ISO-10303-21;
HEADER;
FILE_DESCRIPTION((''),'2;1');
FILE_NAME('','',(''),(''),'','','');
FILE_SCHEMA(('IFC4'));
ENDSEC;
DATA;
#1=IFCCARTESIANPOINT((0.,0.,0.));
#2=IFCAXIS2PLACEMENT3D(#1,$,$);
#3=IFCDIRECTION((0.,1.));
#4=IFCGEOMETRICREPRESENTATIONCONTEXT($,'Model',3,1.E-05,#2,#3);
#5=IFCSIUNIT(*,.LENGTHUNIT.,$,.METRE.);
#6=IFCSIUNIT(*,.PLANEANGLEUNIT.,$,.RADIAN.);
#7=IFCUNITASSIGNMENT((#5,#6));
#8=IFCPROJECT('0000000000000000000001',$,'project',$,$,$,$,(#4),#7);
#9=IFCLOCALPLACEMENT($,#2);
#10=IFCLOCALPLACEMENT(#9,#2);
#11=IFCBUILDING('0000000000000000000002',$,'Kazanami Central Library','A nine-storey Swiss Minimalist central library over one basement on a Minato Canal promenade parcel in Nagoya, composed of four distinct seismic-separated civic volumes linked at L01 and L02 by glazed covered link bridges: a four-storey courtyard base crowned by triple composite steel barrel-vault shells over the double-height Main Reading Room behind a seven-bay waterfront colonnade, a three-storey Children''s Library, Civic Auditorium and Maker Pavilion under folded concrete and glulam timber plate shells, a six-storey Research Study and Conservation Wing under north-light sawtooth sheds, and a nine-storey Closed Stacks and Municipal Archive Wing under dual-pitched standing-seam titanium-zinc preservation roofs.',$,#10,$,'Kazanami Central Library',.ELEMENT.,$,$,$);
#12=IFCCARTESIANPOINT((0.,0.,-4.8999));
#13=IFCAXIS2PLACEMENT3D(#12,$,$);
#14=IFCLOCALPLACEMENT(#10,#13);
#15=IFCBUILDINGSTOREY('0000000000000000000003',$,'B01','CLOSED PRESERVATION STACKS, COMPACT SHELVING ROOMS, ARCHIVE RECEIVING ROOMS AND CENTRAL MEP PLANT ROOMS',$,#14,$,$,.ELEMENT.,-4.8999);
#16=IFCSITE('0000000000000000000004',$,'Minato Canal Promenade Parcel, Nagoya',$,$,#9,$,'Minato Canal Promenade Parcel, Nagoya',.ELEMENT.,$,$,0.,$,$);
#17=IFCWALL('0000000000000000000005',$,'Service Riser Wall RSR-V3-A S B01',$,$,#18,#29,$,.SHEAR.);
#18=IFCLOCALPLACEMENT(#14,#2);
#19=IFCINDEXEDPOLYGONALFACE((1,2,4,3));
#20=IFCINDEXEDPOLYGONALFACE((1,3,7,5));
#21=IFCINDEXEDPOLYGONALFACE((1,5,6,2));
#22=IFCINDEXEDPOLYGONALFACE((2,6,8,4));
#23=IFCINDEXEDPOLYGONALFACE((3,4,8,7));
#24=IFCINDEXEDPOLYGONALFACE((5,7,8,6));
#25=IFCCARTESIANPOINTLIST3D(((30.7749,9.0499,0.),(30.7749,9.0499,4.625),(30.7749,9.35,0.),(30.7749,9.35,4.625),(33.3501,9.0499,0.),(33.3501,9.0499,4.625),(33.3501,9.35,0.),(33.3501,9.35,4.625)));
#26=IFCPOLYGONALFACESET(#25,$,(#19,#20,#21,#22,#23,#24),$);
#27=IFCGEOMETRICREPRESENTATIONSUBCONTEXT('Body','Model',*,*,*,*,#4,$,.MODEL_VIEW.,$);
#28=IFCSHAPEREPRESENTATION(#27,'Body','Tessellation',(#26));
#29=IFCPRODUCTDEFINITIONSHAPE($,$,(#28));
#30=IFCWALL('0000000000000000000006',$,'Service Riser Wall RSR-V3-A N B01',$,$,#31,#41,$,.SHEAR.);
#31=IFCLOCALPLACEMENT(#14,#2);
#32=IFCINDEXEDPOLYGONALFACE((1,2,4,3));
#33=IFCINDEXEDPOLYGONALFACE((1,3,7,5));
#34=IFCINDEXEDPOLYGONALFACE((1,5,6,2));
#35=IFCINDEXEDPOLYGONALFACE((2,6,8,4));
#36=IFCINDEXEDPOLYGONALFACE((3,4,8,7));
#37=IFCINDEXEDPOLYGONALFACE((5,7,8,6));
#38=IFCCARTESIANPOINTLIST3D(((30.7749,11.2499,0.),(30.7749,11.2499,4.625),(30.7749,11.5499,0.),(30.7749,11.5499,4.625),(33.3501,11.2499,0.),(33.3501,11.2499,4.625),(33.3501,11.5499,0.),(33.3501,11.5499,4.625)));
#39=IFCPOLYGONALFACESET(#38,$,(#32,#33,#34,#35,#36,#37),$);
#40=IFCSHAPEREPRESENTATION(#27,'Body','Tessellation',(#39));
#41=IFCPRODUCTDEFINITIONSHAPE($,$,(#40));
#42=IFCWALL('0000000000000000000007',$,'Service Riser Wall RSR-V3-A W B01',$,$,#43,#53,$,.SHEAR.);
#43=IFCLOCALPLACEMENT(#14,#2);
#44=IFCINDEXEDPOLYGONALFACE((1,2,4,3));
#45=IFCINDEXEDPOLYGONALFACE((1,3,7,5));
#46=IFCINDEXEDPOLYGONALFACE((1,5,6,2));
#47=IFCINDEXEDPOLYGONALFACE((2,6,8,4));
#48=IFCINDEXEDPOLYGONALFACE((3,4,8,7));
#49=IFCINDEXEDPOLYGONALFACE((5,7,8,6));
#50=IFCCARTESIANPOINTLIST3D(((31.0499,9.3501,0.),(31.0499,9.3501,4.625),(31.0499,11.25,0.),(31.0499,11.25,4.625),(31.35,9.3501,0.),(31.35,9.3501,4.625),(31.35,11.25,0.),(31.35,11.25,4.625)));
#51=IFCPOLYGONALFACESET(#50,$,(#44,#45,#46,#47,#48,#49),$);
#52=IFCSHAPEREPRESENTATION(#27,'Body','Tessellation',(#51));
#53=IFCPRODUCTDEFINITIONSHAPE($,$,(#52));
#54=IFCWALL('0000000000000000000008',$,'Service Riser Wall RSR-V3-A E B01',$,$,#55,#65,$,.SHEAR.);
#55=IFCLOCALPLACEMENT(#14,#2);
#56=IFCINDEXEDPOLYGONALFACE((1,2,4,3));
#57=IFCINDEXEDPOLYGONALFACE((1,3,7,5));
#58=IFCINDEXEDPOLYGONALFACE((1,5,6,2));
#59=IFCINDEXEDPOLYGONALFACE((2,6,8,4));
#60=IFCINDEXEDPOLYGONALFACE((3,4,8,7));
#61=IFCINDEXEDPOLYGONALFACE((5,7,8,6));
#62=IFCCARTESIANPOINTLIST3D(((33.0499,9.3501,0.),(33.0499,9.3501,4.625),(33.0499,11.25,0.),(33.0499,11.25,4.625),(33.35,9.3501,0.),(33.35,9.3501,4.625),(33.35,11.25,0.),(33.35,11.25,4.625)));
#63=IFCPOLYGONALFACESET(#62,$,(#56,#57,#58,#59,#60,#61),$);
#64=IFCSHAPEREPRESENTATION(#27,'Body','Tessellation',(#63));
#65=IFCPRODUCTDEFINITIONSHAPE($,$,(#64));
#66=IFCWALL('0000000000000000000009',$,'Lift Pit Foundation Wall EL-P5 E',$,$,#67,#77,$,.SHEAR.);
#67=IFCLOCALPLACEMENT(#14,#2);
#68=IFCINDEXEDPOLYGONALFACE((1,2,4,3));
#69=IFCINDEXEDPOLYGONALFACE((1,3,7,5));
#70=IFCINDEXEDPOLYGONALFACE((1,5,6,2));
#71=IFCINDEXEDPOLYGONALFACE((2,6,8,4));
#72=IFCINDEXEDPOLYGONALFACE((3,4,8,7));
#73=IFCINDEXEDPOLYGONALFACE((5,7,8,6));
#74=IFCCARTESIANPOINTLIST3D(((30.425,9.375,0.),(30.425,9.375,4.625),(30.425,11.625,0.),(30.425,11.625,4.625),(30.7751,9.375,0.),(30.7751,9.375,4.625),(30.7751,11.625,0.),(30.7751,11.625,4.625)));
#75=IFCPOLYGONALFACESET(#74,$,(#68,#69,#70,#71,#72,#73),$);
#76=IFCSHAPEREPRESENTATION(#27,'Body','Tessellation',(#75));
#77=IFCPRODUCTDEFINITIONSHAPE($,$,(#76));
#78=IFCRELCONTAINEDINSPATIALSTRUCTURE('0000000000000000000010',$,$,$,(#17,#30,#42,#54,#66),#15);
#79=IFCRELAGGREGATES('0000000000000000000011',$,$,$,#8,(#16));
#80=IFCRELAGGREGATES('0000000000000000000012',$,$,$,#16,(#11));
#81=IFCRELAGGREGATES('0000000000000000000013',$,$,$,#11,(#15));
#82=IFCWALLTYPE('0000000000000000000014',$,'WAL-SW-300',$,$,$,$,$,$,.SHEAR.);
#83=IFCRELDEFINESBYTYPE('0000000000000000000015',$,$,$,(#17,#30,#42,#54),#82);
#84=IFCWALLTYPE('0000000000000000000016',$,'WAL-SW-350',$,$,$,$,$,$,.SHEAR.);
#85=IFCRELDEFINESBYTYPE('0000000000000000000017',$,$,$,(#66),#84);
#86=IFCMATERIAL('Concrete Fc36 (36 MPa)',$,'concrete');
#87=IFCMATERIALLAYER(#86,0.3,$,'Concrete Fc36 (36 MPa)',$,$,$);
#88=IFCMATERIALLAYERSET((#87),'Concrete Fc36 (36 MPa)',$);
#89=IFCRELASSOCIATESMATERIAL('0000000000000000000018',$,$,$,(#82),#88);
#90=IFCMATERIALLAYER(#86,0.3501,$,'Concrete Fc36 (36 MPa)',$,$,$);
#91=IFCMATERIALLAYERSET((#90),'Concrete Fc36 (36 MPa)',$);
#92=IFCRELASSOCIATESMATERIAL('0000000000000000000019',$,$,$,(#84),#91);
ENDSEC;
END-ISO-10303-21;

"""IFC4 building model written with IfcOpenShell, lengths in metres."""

from ifc_helpers import new_model, si_unit, direction, frame, frame_2d, origin, place, context, subcontext, project, spatial, rectangle, extrude, material, layer, layer_set, type_object, element, save


model = new_model("IFC4")

# Units and contexts
model_context = context("Model", 3, precision=1e-05, world=origin(), true_north=direction((0.0, 1.0)))
body_context = subcontext(model_context, "Body", "Model", "MODEL_VIEW")
ifc_project = project(units=[si_unit("LENGTHUNIT", "METRE"), si_unit("PLANEANGLEUNIT", "RADIAN")], contexts=[model_context])

# Site, building, storey
site_placement = place(None, origin())
site = spatial("IfcSite", under=ifc_project, at=site_placement, Name="Minato Canal Promenade Parcel, Nagoya", LongName="Minato Canal Promenade Parcel, Nagoya", CompositionType="ELEMENT", RefElevation=0.0)
building_placement = place(site_placement, origin())
building = spatial("IfcBuilding", under=site, at=building_placement, Name="Kazanami Central Library", Description="A nine-storey Swiss Minimalist central library over one basement on a Minato Canal promenade parcel in Nagoya, composed of four distinct seismic-separated civic volumes linked at L01 and L02 by glazed covered link bridges: a four-storey courtyard base crowned by triple composite steel barrel-vault shells over the double-height Main Reading Room behind a seven-bay waterfront colonnade, a three-storey Children's Library, Civic Auditorium and Maker Pavilion under folded concrete and glulam timber plate shells, a six-storey Research Study and Conservation Wing under north-light sawtooth sheds, and a nine-storey Closed Stacks and Municipal Archive Wing under dual-pitched standing-seam titanium-zinc preservation roofs.", LongName="Kazanami Central Library", CompositionType="ELEMENT")
storey_placement = place(building_placement, frame((0.0, 0.0, -4.8999)))
storey = spatial("IfcBuildingStorey", under=building, at=storey_placement, Name="B01", Description="CLOSED PRESERVATION STACKS, COMPACT SHELVING ROOMS, ARCHIVE RECEIVING ROOMS AND CENTRAL MEP PLANT ROOMS", CompositionType="ELEMENT", Elevation=-4.8999)

# Shared definitions
ifc_material_1 = material(Name="Concrete Fc36 (36 MPa)", Category="concrete")

# Walls
ifc_layer_1 = layer(ifc_material_1, 0.3, Name="Concrete Fc36 (36 MPa)")
ifc_layer_set_1 = layer_set([ifc_layer_1], Name="Concrete Fc36 (36 MPa)")
wall_type_1 = type_object("IfcWallType", Name="WAL-SW-300", PredefinedType="SHEAR", material=ifc_layer_set_1)
for number, where, z_axis, x_axis, name in (
    (1, (30.7749, 9.2, 0.0), (0.0, 0.0, 1.0), (1.0, 0.0, 0.0), "Service Riser Wall RSR-V3-A S B01"),
    (2, (30.7749, 11.3999, 0.0), (0.0, 0.0, 1.0), (1.0, 0.0, 0.0), "Service Riser Wall RSR-V3-A N B01"),
):
    element("IfcWall", number, at=place(storey_placement, frame(where, z_axis=z_axis, x_axis=x_axis)), inside=storey, type_object=wall_type_1, Name=name, PredefinedType="SHEAR", context=body_context, shape_type="SweptSolid", body=[
        extrude(rectangle(XDim=2.5752, YDim=0.3, at=frame_2d((1.2876, 0.0))), origin(), (0.0, 0.0, 1.0), 4.625),
    ])
for number, where, z_axis, x_axis, name in (
    (3, (31.2, 9.3501, 0.0), (0.0, 0.0, 1.0), (0.0, 1.0, 0.0), "Service Riser Wall RSR-V3-A W B01"),
    (4, (33.2, 9.3501, 0.0), (0.0, 0.0, 1.0), (0.0, 1.0, 0.0), "Service Riser Wall RSR-V3-A E B01"),
):
    element("IfcWall", number, at=place(storey_placement, frame(where, z_axis=z_axis, x_axis=x_axis)), inside=storey, type_object=wall_type_1, Name=name, PredefinedType="SHEAR", context=body_context, shape_type="SweptSolid", body=[
        extrude(rectangle(XDim=1.8999, YDim=0.3, at=frame_2d((0.95, 0.0))), origin(), (0.0, 0.0, 1.0), 4.625),
    ])
ifc_layer_2 = layer(ifc_material_1, 0.3501, Name="Concrete Fc36 (36 MPa)")
ifc_layer_set_2 = layer_set([ifc_layer_2], Name="Concrete Fc36 (36 MPa)")
wall_type_2 = type_object("IfcWallType", Name="WAL-SW-350", PredefinedType="SHEAR", material=ifc_layer_set_2)
wall_placement = place(storey_placement, frame((30.6001, 9.375, 0.0), z_axis=(0.0, 0.0, 1.0), x_axis=(0.0, 1.0, 0.0)))
element("IfcWall", 5, at=wall_placement, inside=storey, type_object=wall_type_2, Name="Lift Pit Foundation Wall EL-P5 E", PredefinedType="SHEAR", context=body_context, shape_type="SweptSolid", body=[
    extrude(rectangle(XDim=2.25, YDim=0.3501, at=frame_2d((1.125, 0.0))), origin(), (0.0, 0.0, 1.0), 4.625),
])

save(model, "model.ifc")
